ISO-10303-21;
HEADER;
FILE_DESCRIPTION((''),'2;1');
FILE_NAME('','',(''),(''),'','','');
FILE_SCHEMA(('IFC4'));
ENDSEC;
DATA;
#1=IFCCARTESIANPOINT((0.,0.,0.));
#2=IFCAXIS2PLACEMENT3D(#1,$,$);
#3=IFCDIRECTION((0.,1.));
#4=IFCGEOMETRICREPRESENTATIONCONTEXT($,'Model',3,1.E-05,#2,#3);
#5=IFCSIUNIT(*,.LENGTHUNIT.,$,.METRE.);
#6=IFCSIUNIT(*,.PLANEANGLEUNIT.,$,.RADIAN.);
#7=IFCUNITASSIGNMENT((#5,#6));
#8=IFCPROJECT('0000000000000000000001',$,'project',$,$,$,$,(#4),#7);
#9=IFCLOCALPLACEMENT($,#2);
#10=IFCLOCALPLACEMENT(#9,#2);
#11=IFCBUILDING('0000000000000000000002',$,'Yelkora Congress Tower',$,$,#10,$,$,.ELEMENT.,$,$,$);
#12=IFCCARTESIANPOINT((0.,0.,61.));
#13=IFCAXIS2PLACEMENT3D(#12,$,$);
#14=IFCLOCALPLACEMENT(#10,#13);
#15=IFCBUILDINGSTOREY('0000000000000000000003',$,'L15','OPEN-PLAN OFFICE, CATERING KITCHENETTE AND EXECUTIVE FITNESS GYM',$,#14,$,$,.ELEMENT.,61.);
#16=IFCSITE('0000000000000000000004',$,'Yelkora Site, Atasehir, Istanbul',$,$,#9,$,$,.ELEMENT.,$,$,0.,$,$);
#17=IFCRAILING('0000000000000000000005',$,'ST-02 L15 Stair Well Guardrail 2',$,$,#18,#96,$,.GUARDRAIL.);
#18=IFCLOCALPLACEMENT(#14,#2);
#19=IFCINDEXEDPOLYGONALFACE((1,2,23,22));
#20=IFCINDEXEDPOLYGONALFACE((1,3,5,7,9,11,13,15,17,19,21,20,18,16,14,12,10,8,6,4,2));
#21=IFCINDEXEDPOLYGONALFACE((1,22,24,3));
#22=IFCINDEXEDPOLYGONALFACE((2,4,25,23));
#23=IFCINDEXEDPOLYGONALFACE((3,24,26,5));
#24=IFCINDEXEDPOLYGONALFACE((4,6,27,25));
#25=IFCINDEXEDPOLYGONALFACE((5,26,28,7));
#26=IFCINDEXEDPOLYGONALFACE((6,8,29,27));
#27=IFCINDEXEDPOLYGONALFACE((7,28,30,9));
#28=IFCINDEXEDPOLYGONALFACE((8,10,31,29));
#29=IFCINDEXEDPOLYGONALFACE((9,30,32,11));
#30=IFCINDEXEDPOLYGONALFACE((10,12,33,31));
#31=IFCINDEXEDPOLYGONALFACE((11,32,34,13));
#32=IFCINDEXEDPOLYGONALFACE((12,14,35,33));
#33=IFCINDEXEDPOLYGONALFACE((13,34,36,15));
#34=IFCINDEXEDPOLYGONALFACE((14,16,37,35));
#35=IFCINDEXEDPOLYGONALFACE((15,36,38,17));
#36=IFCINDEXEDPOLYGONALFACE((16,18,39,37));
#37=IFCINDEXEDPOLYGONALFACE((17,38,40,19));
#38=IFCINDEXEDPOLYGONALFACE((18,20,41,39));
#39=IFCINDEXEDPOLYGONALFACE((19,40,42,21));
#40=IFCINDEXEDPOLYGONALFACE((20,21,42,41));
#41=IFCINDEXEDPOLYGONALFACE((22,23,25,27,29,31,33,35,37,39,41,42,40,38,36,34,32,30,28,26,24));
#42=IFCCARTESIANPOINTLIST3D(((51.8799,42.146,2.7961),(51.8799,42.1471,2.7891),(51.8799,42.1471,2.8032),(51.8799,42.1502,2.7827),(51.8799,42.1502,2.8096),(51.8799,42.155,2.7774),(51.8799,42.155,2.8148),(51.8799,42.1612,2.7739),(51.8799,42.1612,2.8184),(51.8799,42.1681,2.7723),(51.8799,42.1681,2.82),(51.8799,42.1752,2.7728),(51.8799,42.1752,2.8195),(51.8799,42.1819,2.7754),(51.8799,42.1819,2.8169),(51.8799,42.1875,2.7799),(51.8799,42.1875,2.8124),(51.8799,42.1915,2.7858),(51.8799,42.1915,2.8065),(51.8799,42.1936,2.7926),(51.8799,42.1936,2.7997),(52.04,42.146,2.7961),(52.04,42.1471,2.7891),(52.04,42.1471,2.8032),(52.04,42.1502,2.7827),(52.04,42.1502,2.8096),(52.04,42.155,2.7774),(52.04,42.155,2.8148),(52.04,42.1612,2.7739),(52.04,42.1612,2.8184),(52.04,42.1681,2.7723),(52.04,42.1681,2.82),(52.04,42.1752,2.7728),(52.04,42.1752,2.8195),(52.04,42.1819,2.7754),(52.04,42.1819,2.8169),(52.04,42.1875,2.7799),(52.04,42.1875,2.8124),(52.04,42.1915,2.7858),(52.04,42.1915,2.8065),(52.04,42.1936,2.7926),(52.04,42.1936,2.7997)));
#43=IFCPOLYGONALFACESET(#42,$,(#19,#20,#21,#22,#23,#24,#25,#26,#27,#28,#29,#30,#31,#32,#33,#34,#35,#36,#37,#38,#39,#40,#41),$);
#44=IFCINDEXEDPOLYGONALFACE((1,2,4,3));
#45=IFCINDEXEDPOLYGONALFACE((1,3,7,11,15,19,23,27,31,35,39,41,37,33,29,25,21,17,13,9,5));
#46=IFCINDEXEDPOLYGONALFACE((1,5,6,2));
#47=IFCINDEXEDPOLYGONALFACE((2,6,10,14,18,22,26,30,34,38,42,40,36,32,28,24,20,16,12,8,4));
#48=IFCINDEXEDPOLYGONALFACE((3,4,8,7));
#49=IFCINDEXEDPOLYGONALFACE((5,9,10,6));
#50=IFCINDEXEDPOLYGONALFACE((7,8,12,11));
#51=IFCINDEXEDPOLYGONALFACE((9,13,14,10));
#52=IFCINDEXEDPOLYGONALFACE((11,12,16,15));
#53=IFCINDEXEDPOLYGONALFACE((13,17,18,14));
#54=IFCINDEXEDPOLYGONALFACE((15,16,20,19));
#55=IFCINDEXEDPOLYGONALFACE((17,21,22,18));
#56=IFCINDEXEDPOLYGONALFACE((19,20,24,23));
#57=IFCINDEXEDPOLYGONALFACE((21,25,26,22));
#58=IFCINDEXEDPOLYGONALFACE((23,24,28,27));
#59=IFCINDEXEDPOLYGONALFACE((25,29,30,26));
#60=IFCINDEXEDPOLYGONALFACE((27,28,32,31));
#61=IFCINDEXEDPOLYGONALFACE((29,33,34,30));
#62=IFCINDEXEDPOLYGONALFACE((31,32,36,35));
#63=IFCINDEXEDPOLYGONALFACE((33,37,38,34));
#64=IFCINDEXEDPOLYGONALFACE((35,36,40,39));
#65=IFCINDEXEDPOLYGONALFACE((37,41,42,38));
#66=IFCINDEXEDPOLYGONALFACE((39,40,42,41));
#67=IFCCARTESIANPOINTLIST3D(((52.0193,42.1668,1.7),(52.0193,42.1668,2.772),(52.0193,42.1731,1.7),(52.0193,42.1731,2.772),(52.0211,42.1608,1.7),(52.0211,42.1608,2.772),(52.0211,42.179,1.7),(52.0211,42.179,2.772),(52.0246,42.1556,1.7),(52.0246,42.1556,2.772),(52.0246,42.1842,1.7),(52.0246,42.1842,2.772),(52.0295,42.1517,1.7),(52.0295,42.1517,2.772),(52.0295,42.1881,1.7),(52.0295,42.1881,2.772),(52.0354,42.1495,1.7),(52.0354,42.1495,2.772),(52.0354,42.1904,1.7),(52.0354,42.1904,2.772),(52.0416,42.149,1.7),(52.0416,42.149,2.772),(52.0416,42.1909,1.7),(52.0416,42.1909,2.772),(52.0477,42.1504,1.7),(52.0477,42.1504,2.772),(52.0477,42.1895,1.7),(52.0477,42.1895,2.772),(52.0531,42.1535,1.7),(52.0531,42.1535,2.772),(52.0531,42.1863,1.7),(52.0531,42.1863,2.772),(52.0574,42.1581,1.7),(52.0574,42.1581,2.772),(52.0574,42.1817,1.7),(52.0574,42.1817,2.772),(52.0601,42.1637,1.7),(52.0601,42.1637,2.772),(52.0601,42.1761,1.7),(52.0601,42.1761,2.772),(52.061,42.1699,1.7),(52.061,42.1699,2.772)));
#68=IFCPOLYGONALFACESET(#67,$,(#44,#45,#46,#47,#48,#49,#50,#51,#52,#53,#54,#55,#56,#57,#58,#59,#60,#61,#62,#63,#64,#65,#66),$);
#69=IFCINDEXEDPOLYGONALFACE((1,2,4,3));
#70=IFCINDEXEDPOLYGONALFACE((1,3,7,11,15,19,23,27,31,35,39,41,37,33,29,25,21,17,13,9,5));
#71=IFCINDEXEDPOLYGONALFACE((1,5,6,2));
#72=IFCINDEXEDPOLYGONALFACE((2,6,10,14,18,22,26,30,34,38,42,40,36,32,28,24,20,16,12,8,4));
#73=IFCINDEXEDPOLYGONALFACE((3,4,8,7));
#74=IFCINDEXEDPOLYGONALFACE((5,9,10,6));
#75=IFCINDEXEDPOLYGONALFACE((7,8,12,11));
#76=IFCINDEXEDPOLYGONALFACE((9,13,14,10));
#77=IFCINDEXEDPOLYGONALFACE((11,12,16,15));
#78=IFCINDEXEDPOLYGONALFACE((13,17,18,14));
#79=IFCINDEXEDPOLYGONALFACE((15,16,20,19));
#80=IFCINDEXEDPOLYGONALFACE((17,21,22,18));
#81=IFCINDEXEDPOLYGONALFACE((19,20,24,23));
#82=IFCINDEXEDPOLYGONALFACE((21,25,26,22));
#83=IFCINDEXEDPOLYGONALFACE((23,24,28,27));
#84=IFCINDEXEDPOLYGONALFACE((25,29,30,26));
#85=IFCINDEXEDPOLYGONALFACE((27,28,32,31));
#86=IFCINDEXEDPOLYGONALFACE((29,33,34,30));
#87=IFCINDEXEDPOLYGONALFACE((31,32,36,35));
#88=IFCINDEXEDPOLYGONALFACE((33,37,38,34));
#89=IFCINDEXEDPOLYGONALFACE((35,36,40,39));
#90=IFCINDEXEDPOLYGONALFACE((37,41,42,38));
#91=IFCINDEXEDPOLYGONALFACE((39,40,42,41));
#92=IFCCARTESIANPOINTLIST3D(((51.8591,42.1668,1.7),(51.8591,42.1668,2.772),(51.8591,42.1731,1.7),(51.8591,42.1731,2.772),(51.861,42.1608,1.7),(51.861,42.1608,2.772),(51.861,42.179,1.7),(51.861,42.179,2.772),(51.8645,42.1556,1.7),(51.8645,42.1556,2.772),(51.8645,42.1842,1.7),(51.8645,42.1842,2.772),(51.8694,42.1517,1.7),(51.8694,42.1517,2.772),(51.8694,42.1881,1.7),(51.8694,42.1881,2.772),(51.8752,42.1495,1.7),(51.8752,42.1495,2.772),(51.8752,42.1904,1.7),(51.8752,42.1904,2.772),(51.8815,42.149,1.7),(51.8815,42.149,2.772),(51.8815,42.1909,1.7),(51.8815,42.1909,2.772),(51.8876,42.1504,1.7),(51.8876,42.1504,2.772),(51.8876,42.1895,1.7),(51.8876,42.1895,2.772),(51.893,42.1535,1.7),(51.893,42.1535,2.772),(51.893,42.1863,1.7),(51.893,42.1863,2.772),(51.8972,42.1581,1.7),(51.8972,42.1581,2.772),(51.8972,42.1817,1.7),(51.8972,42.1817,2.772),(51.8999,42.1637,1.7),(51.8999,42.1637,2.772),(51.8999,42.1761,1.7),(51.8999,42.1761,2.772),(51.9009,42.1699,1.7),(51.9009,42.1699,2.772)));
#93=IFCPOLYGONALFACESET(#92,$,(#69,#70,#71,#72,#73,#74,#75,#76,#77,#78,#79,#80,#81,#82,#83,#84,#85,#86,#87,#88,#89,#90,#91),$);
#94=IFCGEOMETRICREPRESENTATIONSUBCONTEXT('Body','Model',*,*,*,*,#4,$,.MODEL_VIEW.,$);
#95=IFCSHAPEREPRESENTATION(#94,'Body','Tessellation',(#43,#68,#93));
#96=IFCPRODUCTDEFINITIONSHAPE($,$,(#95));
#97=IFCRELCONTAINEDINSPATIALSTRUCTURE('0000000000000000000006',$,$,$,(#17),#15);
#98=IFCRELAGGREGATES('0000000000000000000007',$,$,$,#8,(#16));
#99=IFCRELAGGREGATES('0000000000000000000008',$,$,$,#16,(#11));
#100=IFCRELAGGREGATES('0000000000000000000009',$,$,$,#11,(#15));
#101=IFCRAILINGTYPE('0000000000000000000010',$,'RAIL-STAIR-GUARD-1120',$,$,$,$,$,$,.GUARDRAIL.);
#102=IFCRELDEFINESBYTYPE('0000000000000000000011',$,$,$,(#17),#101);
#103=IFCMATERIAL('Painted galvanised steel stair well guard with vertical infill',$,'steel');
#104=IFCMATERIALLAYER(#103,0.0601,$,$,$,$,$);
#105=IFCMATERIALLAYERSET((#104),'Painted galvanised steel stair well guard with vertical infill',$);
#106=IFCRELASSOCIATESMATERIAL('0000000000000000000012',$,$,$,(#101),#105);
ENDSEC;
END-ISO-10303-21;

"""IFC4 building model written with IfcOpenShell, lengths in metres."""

from ifc_helpers import new_model, si_unit, direction, frame, origin, origin_2d, place, context, subcontext, project, spatial, circle, extrude, material, layer, layer_set, type_object, element, save


model = new_model("IFC4")

# Units and contexts
model_context = context("Model", 3, precision=1e-05, world=origin(), true_north=direction((0.0, 1.0)))
body_context = subcontext(model_context, "Body", "Model", "MODEL_VIEW")
ifc_project = project(units=[si_unit("LENGTHUNIT", "METRE"), si_unit("PLANEANGLEUNIT", "RADIAN")], contexts=[model_context])

# Site, building, storey
site_placement = place(None, origin())
site = spatial("IfcSite", under=ifc_project, at=site_placement, Name="Yelkora Site, Atasehir, Istanbul", CompositionType="ELEMENT", RefElevation=0.0)
building_placement = place(site_placement, origin())
building = spatial("IfcBuilding", under=site, at=building_placement, Name="Yelkora Congress Tower", CompositionType="ELEMENT")
storey_placement = place(building_placement, frame((0.0, 0.0, 61.0)))
storey = spatial("IfcBuildingStorey", under=building, at=storey_placement, Name="L15", Description="OPEN-PLAN OFFICE, CATERING KITCHENETTE AND EXECUTIVE FITNESS GYM", CompositionType="ELEMENT", Elevation=61.0)

# Railing
ifc_material_1 = material(Name="Painted galvanised steel stair well guard with vertical infill", Category="steel")
ifc_layer_1 = layer(ifc_material_1, 0.0601)
ifc_layer_set_1 = layer_set([ifc_layer_1], Name="Painted galvanised steel stair well guard with vertical infill")
railing_type_1 = type_object("IfcRailingType", Name="RAIL-STAIR-GUARD-1120", PredefinedType="GUARDRAIL", material=ifc_layer_set_1)
railing_1_placement = place(storey_placement, frame((52.04, 42.1699, 1.7)))
element("IfcRailing", 1, at=railing_1_placement, inside=storey, type_object=railing_type_1, Name="ST-02 L15 Stair Well Guardrail 2", PredefinedType="GUARDRAIL", context=body_context, shape_type="SweptSolid", body=[
    extrude(circle(Radius=0.0239, at=origin_2d()), frame((0.0, 0.0, 1.0962), z_axis=(-1.0, 0.0, 0.0), x_axis=(0.0, -1.0, 0.0)), (0.0, 0.0, 1.0), 0.1602),
    extrude(circle(Radius=0.021, at=origin_2d()), origin(), (0.0, 0.0, 1.0), 1.072),
    extrude(circle(Radius=0.021, at=origin_2d()), frame((-0.1602, 0.0, 0.0)), (0.0, 0.0, 1.0), 1.072),
])

save(model, "model.ifc")
